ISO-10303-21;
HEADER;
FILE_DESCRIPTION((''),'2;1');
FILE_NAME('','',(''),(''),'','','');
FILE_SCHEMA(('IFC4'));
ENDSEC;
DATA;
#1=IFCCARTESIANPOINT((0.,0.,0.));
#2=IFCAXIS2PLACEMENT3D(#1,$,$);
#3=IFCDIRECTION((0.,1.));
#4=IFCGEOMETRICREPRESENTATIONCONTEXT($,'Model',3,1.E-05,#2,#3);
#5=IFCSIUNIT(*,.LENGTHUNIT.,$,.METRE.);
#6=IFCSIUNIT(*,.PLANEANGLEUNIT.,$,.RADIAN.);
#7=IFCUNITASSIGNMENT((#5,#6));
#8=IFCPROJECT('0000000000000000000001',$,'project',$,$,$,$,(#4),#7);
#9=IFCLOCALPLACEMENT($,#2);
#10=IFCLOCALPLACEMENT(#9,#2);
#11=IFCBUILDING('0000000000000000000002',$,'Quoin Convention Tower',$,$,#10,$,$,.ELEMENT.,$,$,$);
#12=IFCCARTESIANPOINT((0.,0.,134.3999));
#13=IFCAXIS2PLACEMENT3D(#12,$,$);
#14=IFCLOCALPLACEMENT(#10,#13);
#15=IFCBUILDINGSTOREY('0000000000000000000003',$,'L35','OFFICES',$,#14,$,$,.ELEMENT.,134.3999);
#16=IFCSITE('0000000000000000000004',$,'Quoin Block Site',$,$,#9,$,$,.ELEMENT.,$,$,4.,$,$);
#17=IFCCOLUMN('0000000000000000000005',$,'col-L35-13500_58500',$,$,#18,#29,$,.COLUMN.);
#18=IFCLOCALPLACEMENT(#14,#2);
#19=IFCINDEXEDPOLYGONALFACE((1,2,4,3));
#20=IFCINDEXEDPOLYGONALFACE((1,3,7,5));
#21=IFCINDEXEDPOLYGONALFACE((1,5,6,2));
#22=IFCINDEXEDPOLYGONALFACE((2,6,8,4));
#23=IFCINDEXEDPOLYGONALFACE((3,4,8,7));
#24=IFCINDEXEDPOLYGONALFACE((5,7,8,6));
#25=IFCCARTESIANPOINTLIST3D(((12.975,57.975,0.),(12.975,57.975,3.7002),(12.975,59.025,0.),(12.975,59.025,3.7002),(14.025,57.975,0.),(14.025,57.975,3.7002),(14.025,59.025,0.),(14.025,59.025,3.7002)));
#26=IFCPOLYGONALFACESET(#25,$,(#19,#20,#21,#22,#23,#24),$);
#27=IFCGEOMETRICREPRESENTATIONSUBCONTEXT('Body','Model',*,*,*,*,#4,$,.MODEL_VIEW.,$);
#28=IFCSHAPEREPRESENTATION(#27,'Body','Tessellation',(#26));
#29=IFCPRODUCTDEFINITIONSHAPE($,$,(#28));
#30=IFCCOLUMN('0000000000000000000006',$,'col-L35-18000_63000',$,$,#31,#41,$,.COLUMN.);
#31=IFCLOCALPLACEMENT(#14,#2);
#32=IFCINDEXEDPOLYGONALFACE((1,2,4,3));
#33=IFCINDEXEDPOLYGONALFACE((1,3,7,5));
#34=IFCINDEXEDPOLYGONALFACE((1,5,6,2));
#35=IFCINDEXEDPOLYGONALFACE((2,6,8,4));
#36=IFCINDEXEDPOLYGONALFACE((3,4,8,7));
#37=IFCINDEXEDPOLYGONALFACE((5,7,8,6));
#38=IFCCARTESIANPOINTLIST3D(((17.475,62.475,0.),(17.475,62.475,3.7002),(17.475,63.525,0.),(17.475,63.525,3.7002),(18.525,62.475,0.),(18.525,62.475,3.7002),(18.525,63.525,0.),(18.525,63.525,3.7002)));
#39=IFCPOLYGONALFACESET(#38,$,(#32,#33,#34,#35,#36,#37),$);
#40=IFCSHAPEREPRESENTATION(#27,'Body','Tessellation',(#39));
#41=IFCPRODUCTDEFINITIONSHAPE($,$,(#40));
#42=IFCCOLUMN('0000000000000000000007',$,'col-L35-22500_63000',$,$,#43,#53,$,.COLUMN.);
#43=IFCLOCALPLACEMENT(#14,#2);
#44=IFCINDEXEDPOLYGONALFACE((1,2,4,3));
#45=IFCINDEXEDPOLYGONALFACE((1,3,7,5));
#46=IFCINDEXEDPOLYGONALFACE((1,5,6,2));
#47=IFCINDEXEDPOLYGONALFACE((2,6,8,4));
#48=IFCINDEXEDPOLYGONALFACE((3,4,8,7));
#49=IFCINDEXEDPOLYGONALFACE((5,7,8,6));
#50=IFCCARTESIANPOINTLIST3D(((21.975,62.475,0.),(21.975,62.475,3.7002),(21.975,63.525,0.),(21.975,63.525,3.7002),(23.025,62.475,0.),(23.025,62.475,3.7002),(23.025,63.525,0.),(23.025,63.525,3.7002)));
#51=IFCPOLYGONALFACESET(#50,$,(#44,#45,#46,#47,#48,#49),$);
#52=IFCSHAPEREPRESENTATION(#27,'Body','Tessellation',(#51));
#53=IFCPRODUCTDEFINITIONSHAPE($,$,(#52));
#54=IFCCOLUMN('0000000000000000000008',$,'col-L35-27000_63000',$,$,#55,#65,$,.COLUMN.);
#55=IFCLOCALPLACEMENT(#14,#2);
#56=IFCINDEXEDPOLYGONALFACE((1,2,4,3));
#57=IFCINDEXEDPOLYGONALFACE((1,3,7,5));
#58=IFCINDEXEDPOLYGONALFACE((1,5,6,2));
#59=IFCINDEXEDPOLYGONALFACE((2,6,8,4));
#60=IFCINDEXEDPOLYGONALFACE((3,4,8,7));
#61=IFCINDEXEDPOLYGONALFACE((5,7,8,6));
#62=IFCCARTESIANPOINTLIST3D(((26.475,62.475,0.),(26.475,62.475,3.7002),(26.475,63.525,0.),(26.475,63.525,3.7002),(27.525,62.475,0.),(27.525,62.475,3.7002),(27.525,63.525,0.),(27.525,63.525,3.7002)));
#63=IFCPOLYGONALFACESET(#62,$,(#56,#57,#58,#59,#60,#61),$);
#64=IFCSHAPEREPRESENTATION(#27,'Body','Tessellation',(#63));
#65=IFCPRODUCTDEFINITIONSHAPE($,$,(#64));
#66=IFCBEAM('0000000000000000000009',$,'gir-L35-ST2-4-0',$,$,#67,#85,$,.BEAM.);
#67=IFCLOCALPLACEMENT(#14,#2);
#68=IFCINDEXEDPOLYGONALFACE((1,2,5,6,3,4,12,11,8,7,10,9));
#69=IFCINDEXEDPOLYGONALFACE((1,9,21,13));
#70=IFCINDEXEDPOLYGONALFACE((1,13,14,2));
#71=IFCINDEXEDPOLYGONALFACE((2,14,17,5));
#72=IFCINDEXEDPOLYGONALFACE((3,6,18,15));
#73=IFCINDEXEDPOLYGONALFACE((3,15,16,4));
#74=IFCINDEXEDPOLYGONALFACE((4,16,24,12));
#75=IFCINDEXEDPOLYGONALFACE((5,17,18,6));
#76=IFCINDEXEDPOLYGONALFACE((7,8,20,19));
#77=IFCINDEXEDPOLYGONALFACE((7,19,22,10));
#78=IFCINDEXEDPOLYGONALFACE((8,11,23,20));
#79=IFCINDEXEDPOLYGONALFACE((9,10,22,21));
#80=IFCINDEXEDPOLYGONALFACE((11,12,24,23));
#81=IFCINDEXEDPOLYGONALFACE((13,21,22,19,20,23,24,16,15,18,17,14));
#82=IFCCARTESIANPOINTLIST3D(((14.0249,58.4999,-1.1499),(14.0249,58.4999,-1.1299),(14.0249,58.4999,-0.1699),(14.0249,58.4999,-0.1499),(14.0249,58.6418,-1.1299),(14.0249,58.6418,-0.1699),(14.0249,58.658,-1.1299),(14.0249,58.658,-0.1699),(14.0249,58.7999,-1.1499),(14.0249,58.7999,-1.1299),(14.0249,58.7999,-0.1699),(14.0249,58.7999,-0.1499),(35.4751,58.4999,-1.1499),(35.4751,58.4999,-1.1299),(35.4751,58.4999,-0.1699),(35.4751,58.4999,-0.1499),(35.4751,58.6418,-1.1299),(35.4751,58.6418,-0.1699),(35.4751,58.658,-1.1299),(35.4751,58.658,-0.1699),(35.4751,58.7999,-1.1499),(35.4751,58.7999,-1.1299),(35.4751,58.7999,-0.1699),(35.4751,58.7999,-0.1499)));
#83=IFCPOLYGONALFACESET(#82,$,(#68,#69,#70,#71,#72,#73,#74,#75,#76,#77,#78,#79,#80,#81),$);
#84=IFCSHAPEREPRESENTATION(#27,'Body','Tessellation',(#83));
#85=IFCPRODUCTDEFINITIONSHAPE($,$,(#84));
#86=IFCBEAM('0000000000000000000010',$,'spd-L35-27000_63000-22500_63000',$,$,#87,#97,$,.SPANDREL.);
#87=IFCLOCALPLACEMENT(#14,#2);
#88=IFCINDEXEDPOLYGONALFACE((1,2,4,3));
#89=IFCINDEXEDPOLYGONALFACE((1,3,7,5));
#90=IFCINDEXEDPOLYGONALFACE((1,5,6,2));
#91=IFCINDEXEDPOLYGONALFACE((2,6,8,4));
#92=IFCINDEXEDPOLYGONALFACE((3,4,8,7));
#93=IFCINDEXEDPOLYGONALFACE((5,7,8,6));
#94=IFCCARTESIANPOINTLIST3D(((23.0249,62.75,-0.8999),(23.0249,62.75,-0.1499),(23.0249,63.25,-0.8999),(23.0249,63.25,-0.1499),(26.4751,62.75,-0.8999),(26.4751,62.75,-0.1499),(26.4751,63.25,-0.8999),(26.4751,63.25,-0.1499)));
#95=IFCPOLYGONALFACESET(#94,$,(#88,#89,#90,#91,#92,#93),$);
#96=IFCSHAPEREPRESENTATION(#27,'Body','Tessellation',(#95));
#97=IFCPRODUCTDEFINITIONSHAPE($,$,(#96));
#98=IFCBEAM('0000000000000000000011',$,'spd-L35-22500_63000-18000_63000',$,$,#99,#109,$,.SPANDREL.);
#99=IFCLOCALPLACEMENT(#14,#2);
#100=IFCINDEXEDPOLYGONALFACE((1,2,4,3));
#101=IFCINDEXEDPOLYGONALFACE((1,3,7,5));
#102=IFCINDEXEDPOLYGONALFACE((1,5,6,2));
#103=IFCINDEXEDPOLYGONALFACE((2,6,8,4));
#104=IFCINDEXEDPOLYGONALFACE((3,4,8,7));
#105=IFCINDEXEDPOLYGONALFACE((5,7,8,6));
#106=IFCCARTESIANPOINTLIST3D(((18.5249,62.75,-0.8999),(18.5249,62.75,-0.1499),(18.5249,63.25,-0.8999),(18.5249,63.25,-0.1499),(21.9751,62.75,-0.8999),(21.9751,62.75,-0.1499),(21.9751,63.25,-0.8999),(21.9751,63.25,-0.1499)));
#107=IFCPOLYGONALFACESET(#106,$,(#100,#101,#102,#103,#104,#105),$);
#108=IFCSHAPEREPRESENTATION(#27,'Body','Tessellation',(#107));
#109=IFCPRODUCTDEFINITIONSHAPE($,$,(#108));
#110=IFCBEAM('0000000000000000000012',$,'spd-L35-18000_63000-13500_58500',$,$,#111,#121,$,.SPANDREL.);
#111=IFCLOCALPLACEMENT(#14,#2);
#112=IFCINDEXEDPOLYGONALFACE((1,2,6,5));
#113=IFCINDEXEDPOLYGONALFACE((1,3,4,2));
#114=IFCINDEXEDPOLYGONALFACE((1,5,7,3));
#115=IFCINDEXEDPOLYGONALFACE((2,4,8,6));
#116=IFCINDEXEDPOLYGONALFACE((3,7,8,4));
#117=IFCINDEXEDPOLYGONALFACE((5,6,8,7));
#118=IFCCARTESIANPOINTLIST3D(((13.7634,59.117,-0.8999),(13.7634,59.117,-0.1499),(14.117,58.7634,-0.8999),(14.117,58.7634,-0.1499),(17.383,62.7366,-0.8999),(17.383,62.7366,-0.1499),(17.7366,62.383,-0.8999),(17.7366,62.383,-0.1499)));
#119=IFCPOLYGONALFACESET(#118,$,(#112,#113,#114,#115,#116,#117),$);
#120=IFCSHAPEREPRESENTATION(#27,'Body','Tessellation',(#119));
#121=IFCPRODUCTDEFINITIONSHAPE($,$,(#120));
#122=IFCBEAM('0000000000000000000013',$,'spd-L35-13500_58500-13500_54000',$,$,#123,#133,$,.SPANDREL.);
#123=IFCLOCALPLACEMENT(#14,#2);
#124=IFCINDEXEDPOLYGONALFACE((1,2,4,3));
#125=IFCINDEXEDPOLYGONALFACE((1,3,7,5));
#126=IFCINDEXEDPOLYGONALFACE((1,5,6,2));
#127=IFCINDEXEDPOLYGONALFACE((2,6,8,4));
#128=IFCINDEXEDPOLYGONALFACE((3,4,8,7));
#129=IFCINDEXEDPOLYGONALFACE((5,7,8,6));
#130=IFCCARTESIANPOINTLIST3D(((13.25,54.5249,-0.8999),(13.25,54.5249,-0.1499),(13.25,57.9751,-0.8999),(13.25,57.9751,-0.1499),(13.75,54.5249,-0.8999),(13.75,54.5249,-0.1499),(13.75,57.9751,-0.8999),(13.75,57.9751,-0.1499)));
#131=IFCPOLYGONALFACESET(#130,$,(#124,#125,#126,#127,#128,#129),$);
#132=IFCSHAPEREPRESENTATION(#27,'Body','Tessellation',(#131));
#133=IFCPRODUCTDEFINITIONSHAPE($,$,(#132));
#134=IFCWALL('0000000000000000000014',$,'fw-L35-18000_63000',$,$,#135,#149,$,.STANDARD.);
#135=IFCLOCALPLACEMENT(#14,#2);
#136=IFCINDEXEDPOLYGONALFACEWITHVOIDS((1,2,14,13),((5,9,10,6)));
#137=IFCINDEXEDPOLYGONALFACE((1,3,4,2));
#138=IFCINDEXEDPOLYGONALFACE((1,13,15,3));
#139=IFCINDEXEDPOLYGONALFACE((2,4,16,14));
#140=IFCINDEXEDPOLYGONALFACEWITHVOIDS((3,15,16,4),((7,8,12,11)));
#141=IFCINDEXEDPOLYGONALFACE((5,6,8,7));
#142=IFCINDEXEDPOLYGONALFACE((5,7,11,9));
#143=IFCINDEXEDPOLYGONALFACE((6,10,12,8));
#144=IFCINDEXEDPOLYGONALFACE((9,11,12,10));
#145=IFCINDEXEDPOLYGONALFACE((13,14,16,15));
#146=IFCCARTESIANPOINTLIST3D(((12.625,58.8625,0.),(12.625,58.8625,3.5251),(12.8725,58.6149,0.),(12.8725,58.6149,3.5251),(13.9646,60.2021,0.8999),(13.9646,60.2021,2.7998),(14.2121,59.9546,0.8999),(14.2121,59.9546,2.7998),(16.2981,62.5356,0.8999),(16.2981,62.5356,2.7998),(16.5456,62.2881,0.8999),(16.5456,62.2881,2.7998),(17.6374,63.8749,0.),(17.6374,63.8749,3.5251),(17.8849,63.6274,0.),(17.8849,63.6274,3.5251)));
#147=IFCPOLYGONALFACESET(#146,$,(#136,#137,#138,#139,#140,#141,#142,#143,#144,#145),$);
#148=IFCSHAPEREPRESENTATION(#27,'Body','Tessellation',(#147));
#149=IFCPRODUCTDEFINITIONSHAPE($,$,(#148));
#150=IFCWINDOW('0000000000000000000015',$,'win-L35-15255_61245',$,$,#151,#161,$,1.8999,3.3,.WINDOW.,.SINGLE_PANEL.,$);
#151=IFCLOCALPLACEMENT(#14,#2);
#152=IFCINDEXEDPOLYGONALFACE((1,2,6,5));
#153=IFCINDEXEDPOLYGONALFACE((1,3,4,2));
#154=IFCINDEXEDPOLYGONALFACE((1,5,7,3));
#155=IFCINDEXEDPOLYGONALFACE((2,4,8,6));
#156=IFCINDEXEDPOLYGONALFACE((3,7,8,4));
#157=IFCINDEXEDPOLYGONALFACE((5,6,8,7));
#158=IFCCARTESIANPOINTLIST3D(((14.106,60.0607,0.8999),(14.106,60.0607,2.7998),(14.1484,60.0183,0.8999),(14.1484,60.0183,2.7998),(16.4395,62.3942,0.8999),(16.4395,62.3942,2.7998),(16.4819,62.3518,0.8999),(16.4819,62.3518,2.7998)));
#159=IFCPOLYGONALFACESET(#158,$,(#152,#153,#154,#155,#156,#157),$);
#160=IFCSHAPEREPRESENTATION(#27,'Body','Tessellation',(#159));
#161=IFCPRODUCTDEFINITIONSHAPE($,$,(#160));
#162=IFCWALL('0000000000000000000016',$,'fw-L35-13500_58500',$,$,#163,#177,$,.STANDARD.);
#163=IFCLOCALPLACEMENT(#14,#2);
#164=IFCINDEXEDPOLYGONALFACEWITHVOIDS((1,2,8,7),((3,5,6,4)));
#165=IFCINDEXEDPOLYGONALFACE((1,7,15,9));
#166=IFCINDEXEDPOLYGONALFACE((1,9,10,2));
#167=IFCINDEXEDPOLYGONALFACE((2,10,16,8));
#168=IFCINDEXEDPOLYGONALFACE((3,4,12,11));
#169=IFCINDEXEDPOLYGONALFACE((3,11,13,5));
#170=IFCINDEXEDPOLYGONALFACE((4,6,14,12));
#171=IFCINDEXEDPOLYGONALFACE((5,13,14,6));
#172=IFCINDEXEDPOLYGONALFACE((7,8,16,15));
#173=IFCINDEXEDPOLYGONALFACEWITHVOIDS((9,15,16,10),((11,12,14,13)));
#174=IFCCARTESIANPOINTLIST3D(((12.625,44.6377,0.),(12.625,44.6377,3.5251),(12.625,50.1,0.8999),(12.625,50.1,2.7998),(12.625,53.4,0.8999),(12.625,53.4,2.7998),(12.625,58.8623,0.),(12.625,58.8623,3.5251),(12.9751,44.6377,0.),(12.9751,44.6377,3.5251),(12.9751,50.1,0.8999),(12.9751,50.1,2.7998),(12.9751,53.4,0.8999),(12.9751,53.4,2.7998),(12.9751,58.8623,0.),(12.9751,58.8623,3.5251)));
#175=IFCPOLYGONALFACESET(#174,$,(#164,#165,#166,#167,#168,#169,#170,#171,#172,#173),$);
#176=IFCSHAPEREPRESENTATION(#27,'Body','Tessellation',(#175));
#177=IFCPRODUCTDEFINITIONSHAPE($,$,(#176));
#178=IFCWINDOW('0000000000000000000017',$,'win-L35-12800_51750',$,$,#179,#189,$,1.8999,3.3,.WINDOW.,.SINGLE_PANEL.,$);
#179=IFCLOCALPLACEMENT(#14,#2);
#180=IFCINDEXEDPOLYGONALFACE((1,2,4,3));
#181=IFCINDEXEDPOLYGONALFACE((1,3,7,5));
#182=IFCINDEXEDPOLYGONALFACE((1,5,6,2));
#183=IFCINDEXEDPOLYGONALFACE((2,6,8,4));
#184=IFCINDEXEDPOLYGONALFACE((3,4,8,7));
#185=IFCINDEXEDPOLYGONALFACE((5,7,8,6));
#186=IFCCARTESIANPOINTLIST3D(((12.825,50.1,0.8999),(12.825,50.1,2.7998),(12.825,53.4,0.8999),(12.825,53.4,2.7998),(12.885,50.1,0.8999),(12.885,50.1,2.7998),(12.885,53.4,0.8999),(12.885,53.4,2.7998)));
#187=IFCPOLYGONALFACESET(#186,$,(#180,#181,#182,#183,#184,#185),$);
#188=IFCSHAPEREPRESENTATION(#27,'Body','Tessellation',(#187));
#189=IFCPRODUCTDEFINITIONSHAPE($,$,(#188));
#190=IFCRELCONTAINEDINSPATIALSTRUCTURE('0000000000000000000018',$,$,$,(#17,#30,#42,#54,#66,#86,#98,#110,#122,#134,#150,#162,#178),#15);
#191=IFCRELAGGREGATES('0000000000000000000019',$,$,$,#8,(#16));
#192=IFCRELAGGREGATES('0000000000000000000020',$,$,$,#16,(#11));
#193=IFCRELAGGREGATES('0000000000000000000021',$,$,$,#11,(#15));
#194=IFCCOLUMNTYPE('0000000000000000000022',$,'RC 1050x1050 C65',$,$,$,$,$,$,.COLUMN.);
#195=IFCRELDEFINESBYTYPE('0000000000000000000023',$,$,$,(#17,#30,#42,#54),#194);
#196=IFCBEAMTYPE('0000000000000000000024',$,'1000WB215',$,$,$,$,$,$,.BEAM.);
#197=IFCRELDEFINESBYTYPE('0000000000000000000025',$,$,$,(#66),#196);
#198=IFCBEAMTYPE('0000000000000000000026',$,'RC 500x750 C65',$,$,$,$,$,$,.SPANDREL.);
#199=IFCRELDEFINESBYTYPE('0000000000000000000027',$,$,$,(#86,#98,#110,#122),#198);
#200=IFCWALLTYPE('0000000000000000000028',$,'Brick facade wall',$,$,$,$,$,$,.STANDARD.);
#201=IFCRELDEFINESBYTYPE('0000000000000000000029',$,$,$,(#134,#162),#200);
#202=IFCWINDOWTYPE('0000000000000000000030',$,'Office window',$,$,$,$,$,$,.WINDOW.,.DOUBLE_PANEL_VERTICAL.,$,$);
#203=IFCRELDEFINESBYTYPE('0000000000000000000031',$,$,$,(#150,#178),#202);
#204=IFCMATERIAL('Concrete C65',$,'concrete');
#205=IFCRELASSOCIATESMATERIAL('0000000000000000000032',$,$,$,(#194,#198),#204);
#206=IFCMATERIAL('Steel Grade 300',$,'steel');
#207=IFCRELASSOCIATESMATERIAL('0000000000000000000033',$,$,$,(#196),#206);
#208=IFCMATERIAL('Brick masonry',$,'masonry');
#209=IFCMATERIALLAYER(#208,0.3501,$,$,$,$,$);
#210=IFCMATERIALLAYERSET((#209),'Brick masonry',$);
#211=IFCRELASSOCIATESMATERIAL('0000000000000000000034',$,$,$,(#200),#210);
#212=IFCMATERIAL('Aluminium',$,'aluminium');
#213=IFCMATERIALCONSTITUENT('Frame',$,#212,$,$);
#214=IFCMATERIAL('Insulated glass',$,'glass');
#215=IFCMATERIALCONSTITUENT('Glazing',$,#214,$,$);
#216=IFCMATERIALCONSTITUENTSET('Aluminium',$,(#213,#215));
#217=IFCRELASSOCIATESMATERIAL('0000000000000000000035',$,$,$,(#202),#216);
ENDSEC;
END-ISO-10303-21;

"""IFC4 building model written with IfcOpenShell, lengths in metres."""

from ifc_helpers import new_model, si_unit, direction, frame, frame_2d, origin, origin_2d, place, context, subcontext, project, spatial, rectangle, i_section, extrude, material, layer, layer_set, constituent, constituent_set, material_profile, profile_set, type_object, element, fill, save


model = new_model("IFC4")

# Units and contexts
model_context = context("Model", 3, precision=1e-05, world=origin(), true_north=direction((0.0, 1.0)))
body_context = subcontext(model_context, "Body", "Model", "MODEL_VIEW")
ifc_project = project(units=[si_unit("LENGTHUNIT", "METRE"), si_unit("PLANEANGLEUNIT", "RADIAN")], contexts=[model_context])

# Site, building, storey
site_placement = place(None, origin())
site = spatial("IfcSite", under=ifc_project, at=site_placement, Name="Quoin Block Site", CompositionType="ELEMENT", RefElevation=4.0)
building_placement = place(site_placement, origin())
building = spatial("IfcBuilding", under=site, at=building_placement, Name="Quoin Convention Tower", CompositionType="ELEMENT")
storey_placement = place(building_placement, frame((0.0, 0.0, 134.3999)))
storey = spatial("IfcBuildingStorey", under=building, at=storey_placement, Name="L35", Description="OFFICES", CompositionType="ELEMENT", Elevation=134.3999)

# Columns
ifc_material_1 = material(Name="Concrete C65", Category="concrete")
ifc_material_profile_1 = material_profile(ifc_material_1, rectangle(XDim=1.05, YDim=1.05, at=origin_2d()), Name="RC 1050x1050")
ifc_profile_set_1 = profile_set([ifc_material_profile_1], Name="Concrete C65")
column_type = type_object("IfcColumnType", Name="RC 1050x1050 C65", PredefinedType="COLUMN", material=ifc_profile_set_1)
for number, where, z_axis, x_axis, name in (
    (1, (13.5, 58.5, 0.0), (0.0, 0.0, 1.0), (1.0, 0.0, 0.0), "col-L35-13500_58500"),
    (2, (18.0, 63.0, 0.0), (0.0, 0.0, 1.0), (1.0, 0.0, 0.0), "col-L35-18000_63000"),
    (3, (22.5, 63.0, 0.0), (0.0, 0.0, 1.0), (1.0, 0.0, 0.0), "col-L35-22500_63000"),
    (4, (27.0, 63.0, 0.0), (0.0, 0.0, 1.0), (1.0, 0.0, 0.0), "col-L35-27000_63000"),
):
    element("IfcColumn", number, at=place(storey_placement, frame(where, z_axis=z_axis, x_axis=x_axis)), inside=storey, type_object=column_type, Name=name, PredefinedType="COLUMN", context=body_context, shape_type="SweptSolid", body=[
        extrude(rectangle(XDim=1.05, YDim=1.05, at=origin_2d()), origin(), (0.0, 0.0, 1.0), 3.7002),
    ])

# Beams
ifc_material_2 = material(Name="Steel Grade 300", Category="steel")
ifc_material_profile_2 = material_profile(ifc_material_2, i_section(OverallWidth=0.3, OverallDepth=1.0, WebThickness=0.0161, FlangeThickness=0.02, at=origin_2d()), Name="1000WB215")
ifc_profile_set_2 = profile_set([ifc_material_profile_2], Name="Steel Grade 300")
beam_type_1 = type_object("IfcBeamType", Name="1000WB215", PredefinedType="BEAM", material=ifc_profile_set_2)
beam_1_placement = place(storey_placement, frame((14.0249, 58.6499, -0.6499), z_axis=(1.0, 0.0, 0.0), x_axis=(0.0, 1.0, 0.0)))
element("IfcBeam", 5, at=beam_1_placement, inside=storey, type_object=beam_type_1, Name="gir-L35-ST2-4-0", PredefinedType="BEAM", context=body_context, shape_type="SweptSolid", body=[
    extrude(i_section(OverallWidth=0.3, OverallDepth=1.0, WebThickness=0.0161, FlangeThickness=0.02, at=origin_2d()), origin(), (0.0, 0.0, 1.0), 21.4502),
])
ifc_material_profile_3 = material_profile(ifc_material_1, rectangle(XDim=0.5, YDim=0.75, at=origin_2d()), Name="RC 500x750")
ifc_profile_set_3 = profile_set([ifc_material_profile_3], Name="Concrete C65")
beam_type_2 = type_object("IfcBeamType", Name="RC 500x750 C65", PredefinedType="SPANDREL", material=ifc_profile_set_3)
for number, where, z_axis, x_axis, name in (
    (6, (26.4751, 63.0, -0.5249), (-1.0, 0.0, 0.0), (0.0, -1.0, 0.0), "spd-L35-27000_63000-22500_63000"),
    (7, (21.9751, 63.0, -0.5249), (-1.0, 0.0, 0.0), (0.0, -1.0, 0.0), "spd-L35-22500_63000-18000_63000"),
):
    element("IfcBeam", number, at=place(storey_placement, frame(where, z_axis=z_axis, x_axis=x_axis)), inside=storey, type_object=beam_type_2, Name=name, PredefinedType="SPANDREL", context=body_context, shape_type="SweptSolid", body=[
        extrude(rectangle(XDim=0.5, YDim=0.75, at=origin_2d()), origin(), (0.0, 0.0, 1.0), 3.4502),
    ])
beam_2_placement = place(storey_placement, frame((17.5598, 62.5598, -0.5249), z_axis=(-0.707107, -0.707107, 0.0), x_axis=(0.707107, -0.707107, 0.0)))
element("IfcBeam", 8, at=beam_2_placement, inside=storey, type_object=beam_type_2, Name="spd-L35-18000_63000-13500_58500", PredefinedType="SPANDREL", context=body_context, shape_type="SweptSolid", body=[
    extrude(rectangle(XDim=0.5, YDim=0.75, at=origin_2d()), origin(), (0.0, 0.0, 1.0), 5.1189),
])
beam_3_placement = place(storey_placement, frame((13.5, 57.9751, -0.5249), z_axis=(0.0, -1.0, 0.0), x_axis=(1.0, 0.0, 0.0)))
element("IfcBeam", 9, at=beam_3_placement, inside=storey, type_object=beam_type_2, Name="spd-L35-13500_58500-13500_54000", PredefinedType="SPANDREL", context=body_context, shape_type="SweptSolid", body=[
    extrude(rectangle(XDim=0.5, YDim=0.75, at=origin_2d()), origin(), (0.0, 0.0, 1.0), 3.4502),
])

# Walls, openings, windows
ifc_material_3 = material(Name="Brick masonry", Category="masonry")
ifc_layer_1 = layer(ifc_material_3, 0.3501)
ifc_layer_set_1 = layer_set([ifc_layer_1], Name="Brick masonry")
wall_type_1 = type_object("IfcWallType", Name="Brick facade wall", PredefinedType="STANDARD", material=ifc_layer_set_1)
wall_1_placement = place(storey_placement, frame((17.7612, 63.7512, 0.0), z_axis=(0.0, 0.0, 1.0), x_axis=(-0.707107, -0.707107, 0.0)))
wall_1 = element("IfcWall", 10, at=wall_1_placement, inside=storey, type_object=wall_type_1, Name="fw-L35-18000_63000", PredefinedType="STANDARD", context=body_context, shape_type="SweptSolid", body=[
    extrude(rectangle(XDim=7.0886, YDim=0.3501, at=frame_2d((3.5444, 0.0))), origin(), (0.0, 0.0, 1.0), 3.5251),
])
opening_1_placement = place(wall_1_placement, frame((1.8943, 0.0, 0.8999)))
opening_1 = element("IfcOpeningElement", 11, at=opening_1_placement, cuts=wall_1, PredefinedType="OPENING", context=body_context, shape_type="SweptSolid", body=[
    extrude(rectangle(XDim=3.3, YDim=1.8999, at=frame_2d((1.6499, 0.95))), frame((0.0, 0.1851, 0.0), z_axis=(0.0, -1.0, 0.0), x_axis=(1.0, 0.0, 0.0)), (0.0, 0.0, 1.0), 0.3701),
])
ifc_material_4 = material(Name="Aluminium", Category="aluminium")
ifc_constituent_1 = constituent(ifc_material_4, Name="Frame")
ifc_material_5 = material(Name="Insulated glass", Category="glass")
ifc_constituent_2 = constituent(ifc_material_5, Name="Glazing")
ifc_constituent_set = constituent_set(constituents=[ifc_constituent_1, ifc_constituent_2], Name="Aluminium")
window_type = type_object("IfcWindowType", Name="Office window", PartitioningType="DOUBLE_PANEL_VERTICAL", PredefinedType="WINDOW", material=ifc_constituent_set)
window_1_placement = place(opening_1_placement, origin())
window_1 = element("IfcWindow", 12, at=window_1_placement, inside=storey, type_object=window_type, Name="win-L35-15255_61245", OverallHeight=1.8999, OverallWidth=3.3, PartitioningType="SINGLE_PANEL", PredefinedType="WINDOW", context=body_context, shape_type="SweptSolid", body=[
    extrude(rectangle(XDim=3.3, YDim=1.8999, at=frame_2d((1.6499, 0.95))), frame((0.0, 0.085, 0.0), z_axis=(0.0, -1.0, 0.0), x_axis=(1.0, 0.0, 0.0)), (0.0, 0.0, 1.0), 0.0601),
])
fill(opening_1, window_1)
wall_2_placement = place(storey_placement, frame((12.8, 58.8623, 0.0), z_axis=(0.0, 0.0, 1.0), x_axis=(0.0, -1.0, 0.0)))
wall_2 = element("IfcWall", 13, at=wall_2_placement, inside=storey, type_object=wall_type_1, Name="fw-L35-13500_58500", PredefinedType="STANDARD", context=body_context, shape_type="SweptSolid", body=[
    extrude(rectangle(XDim=14.2246, YDim=0.3501, at=frame_2d((7.1123, 0.0))), origin(), (0.0, 0.0, 1.0), 3.5251),
])
opening_2_placement = place(wall_2_placement, frame((5.4624, 0.0, 0.8999)))
opening_2 = element("IfcOpeningElement", 14, at=opening_2_placement, cuts=wall_2, PredefinedType="OPENING", context=body_context, shape_type="SweptSolid", body=[
    extrude(rectangle(XDim=3.3, YDim=1.8999, at=frame_2d((1.6499, 0.95))), frame((0.0, 0.1851, 0.0), z_axis=(0.0, -1.0, 0.0), x_axis=(1.0, 0.0, 0.0)), (0.0, 0.0, 1.0), 0.3701),
])
window_2_placement = place(opening_2_placement, origin())
window_2 = element("IfcWindow", 15, at=window_2_placement, inside=storey, type_object=window_type, Name="win-L35-12800_51750", OverallHeight=1.8999, OverallWidth=3.3, PartitioningType="SINGLE_PANEL", PredefinedType="WINDOW", context=body_context, shape_type="SweptSolid", body=[
    extrude(rectangle(XDim=3.3, YDim=1.8999, at=frame_2d((1.6499, 0.95))), frame((0.0, 0.085, 0.0), z_axis=(0.0, -1.0, 0.0), x_axis=(1.0, 0.0, 0.0)), (0.0, 0.0, 1.0), 0.0601),
])
fill(opening_2, window_2)

save(model, "model.ifc")
